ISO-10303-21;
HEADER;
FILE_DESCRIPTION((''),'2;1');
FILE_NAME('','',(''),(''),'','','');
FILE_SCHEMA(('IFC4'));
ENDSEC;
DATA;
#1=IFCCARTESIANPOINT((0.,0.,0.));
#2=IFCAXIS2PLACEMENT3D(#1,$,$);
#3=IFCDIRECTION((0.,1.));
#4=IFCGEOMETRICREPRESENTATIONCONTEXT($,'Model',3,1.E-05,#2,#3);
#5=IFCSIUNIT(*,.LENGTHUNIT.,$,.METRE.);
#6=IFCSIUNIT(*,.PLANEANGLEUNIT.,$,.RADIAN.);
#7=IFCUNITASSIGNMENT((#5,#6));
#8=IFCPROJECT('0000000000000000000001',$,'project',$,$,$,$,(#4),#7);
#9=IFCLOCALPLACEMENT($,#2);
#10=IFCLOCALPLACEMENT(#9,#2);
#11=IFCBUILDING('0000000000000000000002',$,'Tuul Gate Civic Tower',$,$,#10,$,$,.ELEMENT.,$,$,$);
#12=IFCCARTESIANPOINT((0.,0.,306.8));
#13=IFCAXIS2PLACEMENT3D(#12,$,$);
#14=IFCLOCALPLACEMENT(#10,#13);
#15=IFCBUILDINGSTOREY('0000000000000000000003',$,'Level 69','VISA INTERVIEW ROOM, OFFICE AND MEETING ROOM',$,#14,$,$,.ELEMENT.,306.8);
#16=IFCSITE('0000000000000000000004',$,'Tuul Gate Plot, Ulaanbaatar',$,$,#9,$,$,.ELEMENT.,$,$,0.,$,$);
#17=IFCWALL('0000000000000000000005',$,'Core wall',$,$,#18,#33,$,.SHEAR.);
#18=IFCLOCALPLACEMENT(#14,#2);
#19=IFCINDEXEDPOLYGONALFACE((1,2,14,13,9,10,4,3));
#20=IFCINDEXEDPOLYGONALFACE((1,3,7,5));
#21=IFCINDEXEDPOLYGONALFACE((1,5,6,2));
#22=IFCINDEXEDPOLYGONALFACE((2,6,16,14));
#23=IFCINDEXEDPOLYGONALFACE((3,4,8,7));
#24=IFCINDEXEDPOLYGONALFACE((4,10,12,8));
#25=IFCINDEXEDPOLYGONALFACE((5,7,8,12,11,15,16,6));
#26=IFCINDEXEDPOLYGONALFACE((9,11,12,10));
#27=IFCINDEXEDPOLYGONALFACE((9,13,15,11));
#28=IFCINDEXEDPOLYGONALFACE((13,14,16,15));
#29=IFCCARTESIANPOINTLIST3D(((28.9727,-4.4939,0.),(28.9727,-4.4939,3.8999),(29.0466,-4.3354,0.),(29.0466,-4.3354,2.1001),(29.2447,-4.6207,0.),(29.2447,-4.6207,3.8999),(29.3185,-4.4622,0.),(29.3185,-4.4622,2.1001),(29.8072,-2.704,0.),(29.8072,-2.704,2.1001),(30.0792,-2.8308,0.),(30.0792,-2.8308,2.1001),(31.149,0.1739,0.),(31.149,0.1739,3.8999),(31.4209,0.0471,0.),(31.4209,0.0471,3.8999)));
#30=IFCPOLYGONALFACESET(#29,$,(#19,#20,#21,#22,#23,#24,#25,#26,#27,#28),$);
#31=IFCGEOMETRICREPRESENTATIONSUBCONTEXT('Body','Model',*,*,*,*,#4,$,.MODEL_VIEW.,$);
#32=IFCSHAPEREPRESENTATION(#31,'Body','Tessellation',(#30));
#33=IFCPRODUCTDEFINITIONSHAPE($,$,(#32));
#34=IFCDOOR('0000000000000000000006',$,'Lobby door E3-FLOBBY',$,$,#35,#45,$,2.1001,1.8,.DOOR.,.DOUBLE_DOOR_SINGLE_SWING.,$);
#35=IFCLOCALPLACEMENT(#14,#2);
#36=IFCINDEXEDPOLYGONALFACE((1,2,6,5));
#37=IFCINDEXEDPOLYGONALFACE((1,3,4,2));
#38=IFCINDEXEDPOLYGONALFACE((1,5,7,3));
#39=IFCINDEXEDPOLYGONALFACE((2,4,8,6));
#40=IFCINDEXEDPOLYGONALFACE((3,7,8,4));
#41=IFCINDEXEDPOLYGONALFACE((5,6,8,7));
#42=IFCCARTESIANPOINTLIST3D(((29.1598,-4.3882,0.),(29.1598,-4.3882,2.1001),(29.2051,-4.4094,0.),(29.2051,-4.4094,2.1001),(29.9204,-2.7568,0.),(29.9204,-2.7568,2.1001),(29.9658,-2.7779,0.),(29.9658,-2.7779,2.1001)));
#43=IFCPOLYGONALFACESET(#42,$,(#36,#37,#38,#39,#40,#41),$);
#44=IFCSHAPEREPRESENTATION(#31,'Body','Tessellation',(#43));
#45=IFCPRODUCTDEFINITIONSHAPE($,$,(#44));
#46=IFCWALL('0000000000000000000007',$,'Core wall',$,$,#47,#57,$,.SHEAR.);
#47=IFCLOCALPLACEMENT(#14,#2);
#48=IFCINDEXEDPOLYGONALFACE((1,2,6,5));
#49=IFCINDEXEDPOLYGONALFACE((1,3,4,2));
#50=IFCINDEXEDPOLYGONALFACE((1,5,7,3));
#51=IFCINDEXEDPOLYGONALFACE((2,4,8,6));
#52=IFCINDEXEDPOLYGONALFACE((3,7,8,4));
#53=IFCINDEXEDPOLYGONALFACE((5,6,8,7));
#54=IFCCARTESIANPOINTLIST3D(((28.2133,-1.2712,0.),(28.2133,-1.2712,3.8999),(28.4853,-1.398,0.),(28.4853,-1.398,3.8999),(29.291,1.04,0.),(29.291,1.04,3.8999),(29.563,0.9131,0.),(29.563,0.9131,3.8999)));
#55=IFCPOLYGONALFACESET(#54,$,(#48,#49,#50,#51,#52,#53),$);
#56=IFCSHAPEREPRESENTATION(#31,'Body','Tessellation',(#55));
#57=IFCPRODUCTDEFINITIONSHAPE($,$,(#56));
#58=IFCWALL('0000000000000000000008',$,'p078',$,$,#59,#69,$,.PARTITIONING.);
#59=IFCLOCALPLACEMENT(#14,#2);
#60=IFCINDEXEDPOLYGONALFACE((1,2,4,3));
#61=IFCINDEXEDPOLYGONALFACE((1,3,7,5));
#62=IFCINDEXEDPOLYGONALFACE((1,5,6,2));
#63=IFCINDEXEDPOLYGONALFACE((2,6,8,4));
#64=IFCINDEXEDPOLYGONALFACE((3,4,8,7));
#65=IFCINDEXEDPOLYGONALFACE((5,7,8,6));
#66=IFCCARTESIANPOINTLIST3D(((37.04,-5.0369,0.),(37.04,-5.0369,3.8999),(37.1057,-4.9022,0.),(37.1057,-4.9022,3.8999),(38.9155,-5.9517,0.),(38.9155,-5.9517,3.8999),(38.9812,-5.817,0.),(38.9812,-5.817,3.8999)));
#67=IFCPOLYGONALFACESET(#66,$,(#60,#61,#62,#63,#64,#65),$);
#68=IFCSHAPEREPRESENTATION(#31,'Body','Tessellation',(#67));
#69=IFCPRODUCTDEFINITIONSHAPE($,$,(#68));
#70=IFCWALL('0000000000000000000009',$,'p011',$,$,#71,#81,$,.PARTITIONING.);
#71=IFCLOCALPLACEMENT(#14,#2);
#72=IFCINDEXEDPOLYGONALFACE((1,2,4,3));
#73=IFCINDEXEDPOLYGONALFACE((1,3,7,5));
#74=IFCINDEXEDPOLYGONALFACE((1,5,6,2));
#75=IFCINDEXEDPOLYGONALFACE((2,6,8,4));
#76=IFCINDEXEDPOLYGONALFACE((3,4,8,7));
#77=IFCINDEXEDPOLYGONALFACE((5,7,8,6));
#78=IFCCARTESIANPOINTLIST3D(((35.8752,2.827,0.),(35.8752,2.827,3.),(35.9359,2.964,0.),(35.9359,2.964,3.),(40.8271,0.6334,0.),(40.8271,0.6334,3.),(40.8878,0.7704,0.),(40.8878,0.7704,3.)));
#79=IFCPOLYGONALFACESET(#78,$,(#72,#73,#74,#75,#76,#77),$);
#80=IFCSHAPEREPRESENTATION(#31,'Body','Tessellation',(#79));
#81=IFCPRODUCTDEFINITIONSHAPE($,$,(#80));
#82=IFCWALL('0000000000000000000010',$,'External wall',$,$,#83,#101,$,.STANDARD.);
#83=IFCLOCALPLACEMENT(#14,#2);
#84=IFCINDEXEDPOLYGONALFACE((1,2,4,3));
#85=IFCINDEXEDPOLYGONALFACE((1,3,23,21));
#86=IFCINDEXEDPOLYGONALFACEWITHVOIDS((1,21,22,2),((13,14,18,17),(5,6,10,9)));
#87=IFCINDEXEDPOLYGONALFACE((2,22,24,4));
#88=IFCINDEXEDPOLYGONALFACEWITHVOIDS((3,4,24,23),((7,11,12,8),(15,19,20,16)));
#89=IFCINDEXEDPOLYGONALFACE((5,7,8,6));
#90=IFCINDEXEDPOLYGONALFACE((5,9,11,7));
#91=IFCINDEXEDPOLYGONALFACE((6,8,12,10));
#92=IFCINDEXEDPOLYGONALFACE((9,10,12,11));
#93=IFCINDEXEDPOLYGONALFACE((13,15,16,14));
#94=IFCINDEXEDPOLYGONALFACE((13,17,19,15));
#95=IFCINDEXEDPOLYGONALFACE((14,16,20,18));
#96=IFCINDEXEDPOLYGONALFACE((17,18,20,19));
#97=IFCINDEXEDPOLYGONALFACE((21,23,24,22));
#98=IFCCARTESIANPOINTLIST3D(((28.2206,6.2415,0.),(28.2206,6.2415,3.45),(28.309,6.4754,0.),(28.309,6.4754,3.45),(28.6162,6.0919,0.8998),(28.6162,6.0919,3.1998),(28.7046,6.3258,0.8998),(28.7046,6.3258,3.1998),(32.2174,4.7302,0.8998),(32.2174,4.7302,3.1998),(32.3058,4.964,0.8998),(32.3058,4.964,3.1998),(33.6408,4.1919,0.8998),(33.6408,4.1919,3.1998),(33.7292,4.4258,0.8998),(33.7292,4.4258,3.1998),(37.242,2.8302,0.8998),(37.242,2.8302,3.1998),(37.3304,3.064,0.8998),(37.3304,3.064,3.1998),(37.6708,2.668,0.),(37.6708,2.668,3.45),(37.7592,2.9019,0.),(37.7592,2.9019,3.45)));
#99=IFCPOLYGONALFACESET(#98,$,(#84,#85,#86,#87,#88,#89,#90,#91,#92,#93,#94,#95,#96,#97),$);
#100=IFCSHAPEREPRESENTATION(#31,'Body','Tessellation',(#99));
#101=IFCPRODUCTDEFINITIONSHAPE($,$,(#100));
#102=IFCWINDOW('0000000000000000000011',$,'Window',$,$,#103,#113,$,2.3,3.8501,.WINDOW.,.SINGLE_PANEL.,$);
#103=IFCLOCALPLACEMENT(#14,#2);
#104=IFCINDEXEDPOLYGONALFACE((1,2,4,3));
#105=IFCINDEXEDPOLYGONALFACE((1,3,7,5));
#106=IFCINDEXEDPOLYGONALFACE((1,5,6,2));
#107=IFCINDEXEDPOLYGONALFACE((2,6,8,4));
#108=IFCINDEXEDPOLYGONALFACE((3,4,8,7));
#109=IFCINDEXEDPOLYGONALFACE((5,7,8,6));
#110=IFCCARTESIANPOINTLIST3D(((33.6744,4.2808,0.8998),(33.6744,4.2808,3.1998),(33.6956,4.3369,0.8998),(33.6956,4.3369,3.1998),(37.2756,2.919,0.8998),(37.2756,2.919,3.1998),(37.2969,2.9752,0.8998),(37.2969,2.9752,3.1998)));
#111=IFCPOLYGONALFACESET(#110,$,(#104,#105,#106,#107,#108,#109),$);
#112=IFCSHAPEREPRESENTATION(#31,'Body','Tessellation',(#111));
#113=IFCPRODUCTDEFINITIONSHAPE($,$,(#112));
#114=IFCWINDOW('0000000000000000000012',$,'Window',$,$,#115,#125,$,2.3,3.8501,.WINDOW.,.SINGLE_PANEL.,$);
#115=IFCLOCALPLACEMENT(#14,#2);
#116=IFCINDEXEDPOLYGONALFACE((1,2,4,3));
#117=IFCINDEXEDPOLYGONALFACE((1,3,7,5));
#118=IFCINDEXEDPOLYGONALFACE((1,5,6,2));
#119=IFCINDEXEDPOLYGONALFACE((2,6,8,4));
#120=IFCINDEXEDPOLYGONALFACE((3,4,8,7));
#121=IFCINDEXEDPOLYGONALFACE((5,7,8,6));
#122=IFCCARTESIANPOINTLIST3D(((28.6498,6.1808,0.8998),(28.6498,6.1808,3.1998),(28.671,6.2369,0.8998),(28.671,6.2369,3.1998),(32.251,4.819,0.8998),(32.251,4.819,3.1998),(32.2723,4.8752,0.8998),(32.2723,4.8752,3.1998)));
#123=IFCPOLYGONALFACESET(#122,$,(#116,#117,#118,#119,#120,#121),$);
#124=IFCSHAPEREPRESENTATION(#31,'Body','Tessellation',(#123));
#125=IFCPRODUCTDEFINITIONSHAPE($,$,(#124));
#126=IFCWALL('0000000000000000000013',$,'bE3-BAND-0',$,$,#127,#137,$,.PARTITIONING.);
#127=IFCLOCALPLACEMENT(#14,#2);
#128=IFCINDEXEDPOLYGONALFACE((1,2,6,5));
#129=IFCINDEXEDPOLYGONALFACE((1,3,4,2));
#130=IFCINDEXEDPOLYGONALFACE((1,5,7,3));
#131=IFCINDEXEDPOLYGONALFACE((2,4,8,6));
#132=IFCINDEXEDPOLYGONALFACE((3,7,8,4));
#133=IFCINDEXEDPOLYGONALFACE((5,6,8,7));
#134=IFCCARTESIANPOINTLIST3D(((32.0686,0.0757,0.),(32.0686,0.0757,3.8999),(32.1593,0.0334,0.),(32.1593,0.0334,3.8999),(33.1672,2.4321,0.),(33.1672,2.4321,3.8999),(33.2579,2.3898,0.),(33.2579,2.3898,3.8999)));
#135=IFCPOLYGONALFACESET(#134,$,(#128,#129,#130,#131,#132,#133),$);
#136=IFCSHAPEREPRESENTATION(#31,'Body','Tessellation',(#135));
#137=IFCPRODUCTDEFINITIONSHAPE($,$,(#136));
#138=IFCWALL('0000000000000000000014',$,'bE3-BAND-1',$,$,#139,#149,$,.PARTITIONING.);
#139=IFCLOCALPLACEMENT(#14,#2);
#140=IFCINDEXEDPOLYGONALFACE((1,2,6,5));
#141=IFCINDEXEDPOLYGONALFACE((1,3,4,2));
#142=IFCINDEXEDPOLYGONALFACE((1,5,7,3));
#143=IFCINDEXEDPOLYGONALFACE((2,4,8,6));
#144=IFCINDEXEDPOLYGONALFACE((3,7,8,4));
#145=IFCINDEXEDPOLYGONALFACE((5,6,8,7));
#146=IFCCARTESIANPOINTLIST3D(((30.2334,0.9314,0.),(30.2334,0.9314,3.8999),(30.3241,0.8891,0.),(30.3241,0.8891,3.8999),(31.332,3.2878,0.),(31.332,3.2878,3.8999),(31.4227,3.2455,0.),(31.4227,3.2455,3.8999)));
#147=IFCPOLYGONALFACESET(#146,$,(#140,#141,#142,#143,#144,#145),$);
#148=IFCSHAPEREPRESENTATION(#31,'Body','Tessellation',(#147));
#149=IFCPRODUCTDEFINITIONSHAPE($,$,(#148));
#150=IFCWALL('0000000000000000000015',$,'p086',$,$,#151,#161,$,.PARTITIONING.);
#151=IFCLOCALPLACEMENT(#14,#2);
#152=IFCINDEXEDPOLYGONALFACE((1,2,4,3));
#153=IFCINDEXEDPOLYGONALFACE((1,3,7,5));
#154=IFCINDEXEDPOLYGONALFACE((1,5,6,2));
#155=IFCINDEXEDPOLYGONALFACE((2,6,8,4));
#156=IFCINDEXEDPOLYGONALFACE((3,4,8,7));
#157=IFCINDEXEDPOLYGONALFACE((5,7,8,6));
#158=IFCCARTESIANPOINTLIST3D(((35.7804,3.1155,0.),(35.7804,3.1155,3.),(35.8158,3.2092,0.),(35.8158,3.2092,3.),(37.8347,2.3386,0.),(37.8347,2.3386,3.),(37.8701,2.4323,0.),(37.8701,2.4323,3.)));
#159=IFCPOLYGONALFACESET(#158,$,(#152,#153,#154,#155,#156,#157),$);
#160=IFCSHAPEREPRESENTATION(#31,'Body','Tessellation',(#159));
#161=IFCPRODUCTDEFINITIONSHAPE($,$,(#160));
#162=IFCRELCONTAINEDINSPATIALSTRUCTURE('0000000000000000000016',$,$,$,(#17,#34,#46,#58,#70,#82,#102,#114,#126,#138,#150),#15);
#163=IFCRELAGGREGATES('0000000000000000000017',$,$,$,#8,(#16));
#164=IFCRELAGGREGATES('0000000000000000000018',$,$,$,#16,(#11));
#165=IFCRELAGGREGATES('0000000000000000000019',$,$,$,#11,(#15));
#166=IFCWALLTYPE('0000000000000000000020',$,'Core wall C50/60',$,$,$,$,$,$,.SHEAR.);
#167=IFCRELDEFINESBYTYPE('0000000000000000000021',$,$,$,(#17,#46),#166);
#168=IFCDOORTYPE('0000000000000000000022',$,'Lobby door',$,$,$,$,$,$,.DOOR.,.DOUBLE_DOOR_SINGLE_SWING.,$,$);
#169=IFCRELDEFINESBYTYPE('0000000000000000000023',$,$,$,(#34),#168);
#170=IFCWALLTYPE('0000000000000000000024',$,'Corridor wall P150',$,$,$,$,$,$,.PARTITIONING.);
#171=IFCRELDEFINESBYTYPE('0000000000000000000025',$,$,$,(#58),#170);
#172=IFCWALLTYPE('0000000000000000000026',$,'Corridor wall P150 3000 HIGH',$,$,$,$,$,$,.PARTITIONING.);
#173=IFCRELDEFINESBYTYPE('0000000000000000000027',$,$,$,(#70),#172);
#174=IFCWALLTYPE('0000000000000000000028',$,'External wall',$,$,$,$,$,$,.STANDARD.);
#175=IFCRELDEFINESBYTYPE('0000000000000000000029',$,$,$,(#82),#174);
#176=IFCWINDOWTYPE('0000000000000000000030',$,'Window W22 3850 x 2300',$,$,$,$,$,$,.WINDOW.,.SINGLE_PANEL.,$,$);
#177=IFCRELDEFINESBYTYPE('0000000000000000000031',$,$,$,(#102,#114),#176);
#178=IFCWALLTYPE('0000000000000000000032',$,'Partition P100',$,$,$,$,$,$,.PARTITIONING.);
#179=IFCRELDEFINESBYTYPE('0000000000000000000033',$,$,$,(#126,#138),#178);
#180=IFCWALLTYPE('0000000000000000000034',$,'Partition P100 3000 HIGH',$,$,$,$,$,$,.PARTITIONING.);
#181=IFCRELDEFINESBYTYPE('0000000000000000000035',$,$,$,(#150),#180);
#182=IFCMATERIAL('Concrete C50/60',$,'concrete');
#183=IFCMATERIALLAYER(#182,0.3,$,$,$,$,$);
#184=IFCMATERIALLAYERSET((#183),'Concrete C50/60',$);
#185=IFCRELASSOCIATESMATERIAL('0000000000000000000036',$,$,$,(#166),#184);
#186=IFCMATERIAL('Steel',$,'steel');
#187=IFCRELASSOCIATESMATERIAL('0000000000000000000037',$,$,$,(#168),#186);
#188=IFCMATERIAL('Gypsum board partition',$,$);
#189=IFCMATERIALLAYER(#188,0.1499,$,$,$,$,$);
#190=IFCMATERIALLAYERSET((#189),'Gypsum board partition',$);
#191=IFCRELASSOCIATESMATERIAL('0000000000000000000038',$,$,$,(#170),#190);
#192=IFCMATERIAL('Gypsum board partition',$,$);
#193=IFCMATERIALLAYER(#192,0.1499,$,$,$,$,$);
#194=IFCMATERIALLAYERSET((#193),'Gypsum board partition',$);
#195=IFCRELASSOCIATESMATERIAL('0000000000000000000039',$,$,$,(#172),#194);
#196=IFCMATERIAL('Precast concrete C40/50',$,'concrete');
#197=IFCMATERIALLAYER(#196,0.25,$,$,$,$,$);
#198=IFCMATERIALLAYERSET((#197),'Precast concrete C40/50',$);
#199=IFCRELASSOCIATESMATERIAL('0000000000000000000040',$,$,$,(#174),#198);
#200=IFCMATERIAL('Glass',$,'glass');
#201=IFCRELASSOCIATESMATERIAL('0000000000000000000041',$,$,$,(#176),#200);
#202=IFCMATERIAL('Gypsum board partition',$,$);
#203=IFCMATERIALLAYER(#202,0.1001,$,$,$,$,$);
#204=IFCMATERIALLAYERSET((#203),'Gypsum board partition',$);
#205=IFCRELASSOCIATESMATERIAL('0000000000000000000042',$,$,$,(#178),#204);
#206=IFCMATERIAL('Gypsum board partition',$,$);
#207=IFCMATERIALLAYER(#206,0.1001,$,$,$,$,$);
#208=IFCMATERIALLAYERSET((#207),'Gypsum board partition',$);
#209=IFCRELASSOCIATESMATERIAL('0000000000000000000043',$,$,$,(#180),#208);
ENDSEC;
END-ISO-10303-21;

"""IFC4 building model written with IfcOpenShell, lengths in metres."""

from ifc_helpers import new_model, si_unit, direction, frame, frame_2d, origin, place, context, subcontext, project, spatial, rectangle, extrude, material, layer, layer_set, type_object, element, fill, save


model = new_model("IFC4")

# Units and contexts
model_context = context("Model", 3, precision=1e-05, world=origin(), true_north=direction((0.0, 1.0)))
body_context = subcontext(model_context, "Body", "Model", "MODEL_VIEW")
ifc_project = project(units=[si_unit("LENGTHUNIT", "METRE"), si_unit("PLANEANGLEUNIT", "RADIAN")], contexts=[model_context])

# Site, building, storey
site_placement = place(None, origin())
site = spatial("IfcSite", under=ifc_project, at=site_placement, Name="Tuul Gate Plot, Ulaanbaatar", CompositionType="ELEMENT", RefElevation=0.0)
building_placement = place(site_placement, origin())
building = spatial("IfcBuilding", under=site, at=building_placement, Name="Tuul Gate Civic Tower", CompositionType="ELEMENT")
storey_placement = place(building_placement, frame((0.0, 0.0, 306.8)))
storey = spatial("IfcBuildingStorey", under=building, at=storey_placement, Name="Level 69", Description="VISA INTERVIEW ROOM, OFFICE AND MEETING ROOM", CompositionType="ELEMENT", Elevation=306.8)

# Shared definitions
ifc_material_1 = material(Name="Concrete C50/60", Category="concrete")
ifc_layer_1 = layer(ifc_material_1, 0.3)
ifc_layer_set_1 = layer_set([ifc_layer_1], Name="Concrete C50/60")
wall_type_1 = type_object("IfcWallType", Name="Core wall C50/60", PredefinedType="SHEAR", material=ifc_layer_set_1)

# Wall, opening, door
wall_1_placement = place(storey_placement, frame((29.1086, -4.5574, 0.0), z_axis=(0.0, 0.0, 1.0), x_axis=(0.422566, 0.906332, 0.0)))
wall_1 = element("IfcWall", 1, at=wall_1_placement, inside=storey, type_object=wall_type_1, Name="Core wall", PredefinedType="SHEAR", context=body_context, shape_type="SweptSolid", body=[
    extrude(rectangle(XDim=5.1501, YDim=0.3, at=frame_2d((2.5752, 0.0))), origin(), (0.0, 0.0, 1.0), 3.8999),
])
opening_1_placement = place(wall_1_placement, frame((0.175, 0.0, 0.0)))
opening_1 = element("IfcOpeningElement", 2, at=opening_1_placement, cuts=wall_1, PredefinedType="OPENING", context=body_context, shape_type="SweptSolid", body=[
    extrude(rectangle(XDim=1.8, YDim=2.1001, at=frame_2d((0.8999, 1.05))), frame((0.0, 0.1602, 0.0), z_axis=(0.0, -1.0, 0.0), x_axis=(1.0, 0.0, 0.0)), (0.0, 0.0, 1.0), 0.3201),
])
ifc_material_2 = material(Name="Steel", Category="steel")
door_type_1 = type_object("IfcDoorType", Name="Lobby door", OperationType="DOUBLE_DOOR_SINGLE_SWING", PredefinedType="DOOR", material=ifc_material_2)
door_1_placement = place(opening_1_placement, frame((1.8, 0.0, 0.0), z_axis=(0.0, 0.0, 1.0), x_axis=(-1.0, 0.0, 0.0)))
door_1 = element("IfcDoor", 3, at=door_1_placement, inside=storey, type_object=door_type_1, Name="Lobby door E3-FLOBBY", OperationType="DOUBLE_DOOR_SINGLE_SWING", OverallHeight=2.1001, OverallWidth=1.8, PredefinedType="DOOR", context=body_context, shape_type="SweptSolid", body=[
    extrude(rectangle(XDim=1.8, YDim=2.1001, at=frame_2d((0.9001, 1.05))), frame((0.0, 0.0249, 0.0), z_axis=(0.0, -1.0, 0.0), x_axis=(1.0, 0.0, 0.0)), (0.0, 0.0, 1.0), 0.05),
])
fill(opening_1, door_1)

# Walls
wall_2_placement = place(storey_placement, frame((28.3494, -1.3345, 0.0), z_axis=(0.0, 0.0, 1.0), x_axis=(0.422613, 0.90631, 0.0)))
element("IfcWall", 4, at=wall_2_placement, inside=storey, type_object=wall_type_1, Name="Core wall", PredefinedType="SHEAR", context=body_context, shape_type="SweptSolid", body=[
    extrude(rectangle(XDim=2.55, YDim=0.3, at=frame_2d((1.2749, 0.0))), origin(), (0.0, 0.0, 1.0), 3.8999),
])
ifc_material_3 = material(Name="Gypsum board partition")
ifc_layer_2 = layer(ifc_material_3, 0.1499)
ifc_layer_set_2 = layer_set([ifc_layer_2], Name="Gypsum board partition")
wall_type_2 = type_object("IfcWallType", Name="Corridor wall P150", PredefinedType="PARTITIONING", material=ifc_layer_set_2)
wall_3_placement = place(storey_placement, frame((37.0728, -4.9695, 0.0), z_axis=(0.0, 0.0, 1.0), x_axis=(0.898783, -0.438394, 0.0)))
element("IfcWall", 5, at=wall_3_placement, inside=storey, type_object=wall_type_2, Name="p078", PredefinedType="PARTITIONING", context=body_context, shape_type="SweptSolid", body=[
    extrude(rectangle(XDim=2.0867, YDim=0.1499, at=frame_2d((1.0435, 0.0))), origin(), (0.0, 0.0, 1.0), 3.8999),
])
ifc_material_4 = material(Name="Gypsum board partition")
ifc_layer_3 = layer(ifc_material_4, 0.1499)
ifc_layer_set_3 = layer_set([ifc_layer_3], Name="Gypsum board partition")
wall_type_3 = type_object("IfcWallType", Name="Corridor wall P150 3000 HIGH", PredefinedType="PARTITIONING", material=ifc_layer_set_3)
wall_4_placement = place(storey_placement, frame((35.9055, 2.8955, 0.0), z_axis=(0.0, 0.0, 1.0), x_axis=(0.914307, -0.405021, 0.0)))
element("IfcWall", 6, at=wall_4_placement, inside=storey, type_object=wall_type_3, Name="p011", PredefinedType="PARTITIONING", context=body_context, shape_type="SweptSolid", body=[
    extrude(rectangle(XDim=5.416, YDim=0.1499, at=frame_2d((2.708, 0.0))), origin(), (0.0, 0.0, 1.0), 3.0),
])

# Wall, openings, windows
ifc_material_5 = material(Name="Precast concrete C40/50", Category="concrete")
ifc_layer_4 = layer(ifc_material_5, 0.25)
ifc_layer_set_4 = layer_set([ifc_layer_4], Name="Precast concrete C40/50")
wall_type_4 = type_object("IfcWallType", Name="External wall", PredefinedType="STANDARD", material=ifc_layer_set_4)
wall_5_placement = place(storey_placement, frame((37.7151, 2.7849, 0.0), z_axis=(0.0, 0.0, 1.0), x_axis=(-0.93536, 0.353696, 0.0)))
wall_5 = element("IfcWall", 7, at=wall_5_placement, inside=storey, type_object=wall_type_4, Name="External wall", PredefinedType="STANDARD", context=body_context, shape_type="SweptSolid", body=[
    extrude(rectangle(XDim=10.1033, YDim=0.25, at=frame_2d((5.0518, 0.0))), origin(), (0.0, 0.0, 1.0), 3.45),
])
opening_2_placement = place(wall_5_placement, frame((0.4585, 0.0, 0.8999)))
opening_2 = element("IfcOpeningElement", 8, at=opening_2_placement, cuts=wall_5, PredefinedType="OPENING", context=body_context, shape_type="SweptSolid", body=[
    extrude(rectangle(XDim=3.8501, YDim=2.3, at=frame_2d((1.925, 1.1499))), frame((0.0, 0.135, 0.0), z_axis=(0.0, -1.0, 0.0), x_axis=(1.0, 0.0, 0.0)), (0.0, 0.0, 1.0), 0.27),
])
opening_3_placement = place(wall_5_placement, frame((5.8303, 0.0, 0.8999)))
opening_3 = element("IfcOpeningElement", 9, at=opening_3_placement, cuts=wall_5, PredefinedType="OPENING", context=body_context, shape_type="SweptSolid", body=[
    extrude(rectangle(XDim=3.8501, YDim=2.3, at=frame_2d((1.925, 1.1499))), frame((0.0, 0.135, 0.0), z_axis=(0.0, -1.0, 0.0), x_axis=(1.0, 0.0, 0.0)), (0.0, 0.0, 1.0), 0.27),
])
ifc_material_6 = material(Name="Glass", Category="glass")
window_type = type_object("IfcWindowType", Name="Window W22 3850 x 2300", PartitioningType="SINGLE_PANEL", PredefinedType="WINDOW", material=ifc_material_6)
window_1_placement = place(opening_2_placement, origin())
window_1 = element("IfcWindow", 10, at=window_1_placement, inside=storey, type_object=window_type, Name="Window", OverallHeight=2.3, OverallWidth=3.8501, PartitioningType="SINGLE_PANEL", PredefinedType="WINDOW", context=body_context, shape_type="SweptSolid", body=[
    extrude(rectangle(XDim=3.8501, YDim=2.3, at=frame_2d((1.925, 1.1499))), frame((0.0, 0.03, 0.0), z_axis=(0.0, -1.0, 0.0), x_axis=(1.0, 0.0, 0.0)), (0.0, 0.0, 1.0), 0.0601),
])
fill(opening_2, window_1)
window_2_placement = place(opening_3_placement, origin())
window_2 = element("IfcWindow", 11, at=window_2_placement, inside=storey, type_object=window_type, Name="Window", OverallHeight=2.3, OverallWidth=3.8501, PartitioningType="SINGLE_PANEL", PredefinedType="WINDOW", context=body_context, shape_type="SweptSolid", body=[
    extrude(rectangle(XDim=3.8501, YDim=2.3, at=frame_2d((1.925, 1.1499))), frame((0.0, 0.03, 0.0), z_axis=(0.0, -1.0, 0.0), x_axis=(1.0, 0.0, 0.0)), (0.0, 0.0, 1.0), 0.0601),
])
fill(opening_3, window_2)

# Walls
ifc_material_7 = material(Name="Gypsum board partition")
ifc_layer_5 = layer(ifc_material_7, 0.1001)
ifc_layer_set_5 = layer_set([ifc_layer_5], Name="Gypsum board partition")
wall_type_5 = type_object("IfcWallType", Name="Partition P100", PredefinedType="PARTITIONING", material=ifc_layer_set_5)
for number, where, z_axis, x_axis, name in (
    (12, (32.114, 0.0547, 0.0), (0.0, 0.0, 1.0), (0.422556, 0.906337, 0.0), "bE3-BAND-0"),
    (13, (30.2788, 0.9104, 0.0), (0.0, 0.0, 1.0), (0.422556, 0.906337, 0.0), "bE3-BAND-1"),
):
    element("IfcWall", number, at=place(storey_placement, frame(where, z_axis=z_axis, x_axis=x_axis)), inside=storey, type_object=wall_type_5, Name=name, PredefinedType="PARTITIONING", context=body_context, shape_type="SweptSolid", body=[
        extrude(rectangle(XDim=2.5999, YDim=0.1001, at=frame_2d((1.2998, 0.0))), origin(), (0.0, 0.0, 1.0), 3.8999),
    ])
ifc_material_8 = material(Name="Gypsum board partition")
ifc_layer_6 = layer(ifc_material_8, 0.1001)
ifc_layer_set_6 = layer_set([ifc_layer_6], Name="Gypsum board partition")
wall_type_6 = type_object("IfcWallType", Name="Partition P100 3000 HIGH", PredefinedType="PARTITIONING", material=ifc_layer_set_6)
wall_6_placement = place(storey_placement, frame((35.7981, 3.1624, 0.0), z_axis=(0.0, 0.0, 1.0), x_axis=(0.935348, -0.353729, 0.0)))
element("IfcWall", 14, at=wall_6_placement, inside=storey, type_object=wall_type_6, Name="p086", PredefinedType="PARTITIONING", context=body_context, shape_type="SweptSolid", body=[
    extrude(rectangle(XDim=2.1963, YDim=0.1001, at=frame_2d((1.0981, 0.0))), origin(), (0.0, 0.0, 1.0), 3.0),
])

save(model, "model.ifc")
